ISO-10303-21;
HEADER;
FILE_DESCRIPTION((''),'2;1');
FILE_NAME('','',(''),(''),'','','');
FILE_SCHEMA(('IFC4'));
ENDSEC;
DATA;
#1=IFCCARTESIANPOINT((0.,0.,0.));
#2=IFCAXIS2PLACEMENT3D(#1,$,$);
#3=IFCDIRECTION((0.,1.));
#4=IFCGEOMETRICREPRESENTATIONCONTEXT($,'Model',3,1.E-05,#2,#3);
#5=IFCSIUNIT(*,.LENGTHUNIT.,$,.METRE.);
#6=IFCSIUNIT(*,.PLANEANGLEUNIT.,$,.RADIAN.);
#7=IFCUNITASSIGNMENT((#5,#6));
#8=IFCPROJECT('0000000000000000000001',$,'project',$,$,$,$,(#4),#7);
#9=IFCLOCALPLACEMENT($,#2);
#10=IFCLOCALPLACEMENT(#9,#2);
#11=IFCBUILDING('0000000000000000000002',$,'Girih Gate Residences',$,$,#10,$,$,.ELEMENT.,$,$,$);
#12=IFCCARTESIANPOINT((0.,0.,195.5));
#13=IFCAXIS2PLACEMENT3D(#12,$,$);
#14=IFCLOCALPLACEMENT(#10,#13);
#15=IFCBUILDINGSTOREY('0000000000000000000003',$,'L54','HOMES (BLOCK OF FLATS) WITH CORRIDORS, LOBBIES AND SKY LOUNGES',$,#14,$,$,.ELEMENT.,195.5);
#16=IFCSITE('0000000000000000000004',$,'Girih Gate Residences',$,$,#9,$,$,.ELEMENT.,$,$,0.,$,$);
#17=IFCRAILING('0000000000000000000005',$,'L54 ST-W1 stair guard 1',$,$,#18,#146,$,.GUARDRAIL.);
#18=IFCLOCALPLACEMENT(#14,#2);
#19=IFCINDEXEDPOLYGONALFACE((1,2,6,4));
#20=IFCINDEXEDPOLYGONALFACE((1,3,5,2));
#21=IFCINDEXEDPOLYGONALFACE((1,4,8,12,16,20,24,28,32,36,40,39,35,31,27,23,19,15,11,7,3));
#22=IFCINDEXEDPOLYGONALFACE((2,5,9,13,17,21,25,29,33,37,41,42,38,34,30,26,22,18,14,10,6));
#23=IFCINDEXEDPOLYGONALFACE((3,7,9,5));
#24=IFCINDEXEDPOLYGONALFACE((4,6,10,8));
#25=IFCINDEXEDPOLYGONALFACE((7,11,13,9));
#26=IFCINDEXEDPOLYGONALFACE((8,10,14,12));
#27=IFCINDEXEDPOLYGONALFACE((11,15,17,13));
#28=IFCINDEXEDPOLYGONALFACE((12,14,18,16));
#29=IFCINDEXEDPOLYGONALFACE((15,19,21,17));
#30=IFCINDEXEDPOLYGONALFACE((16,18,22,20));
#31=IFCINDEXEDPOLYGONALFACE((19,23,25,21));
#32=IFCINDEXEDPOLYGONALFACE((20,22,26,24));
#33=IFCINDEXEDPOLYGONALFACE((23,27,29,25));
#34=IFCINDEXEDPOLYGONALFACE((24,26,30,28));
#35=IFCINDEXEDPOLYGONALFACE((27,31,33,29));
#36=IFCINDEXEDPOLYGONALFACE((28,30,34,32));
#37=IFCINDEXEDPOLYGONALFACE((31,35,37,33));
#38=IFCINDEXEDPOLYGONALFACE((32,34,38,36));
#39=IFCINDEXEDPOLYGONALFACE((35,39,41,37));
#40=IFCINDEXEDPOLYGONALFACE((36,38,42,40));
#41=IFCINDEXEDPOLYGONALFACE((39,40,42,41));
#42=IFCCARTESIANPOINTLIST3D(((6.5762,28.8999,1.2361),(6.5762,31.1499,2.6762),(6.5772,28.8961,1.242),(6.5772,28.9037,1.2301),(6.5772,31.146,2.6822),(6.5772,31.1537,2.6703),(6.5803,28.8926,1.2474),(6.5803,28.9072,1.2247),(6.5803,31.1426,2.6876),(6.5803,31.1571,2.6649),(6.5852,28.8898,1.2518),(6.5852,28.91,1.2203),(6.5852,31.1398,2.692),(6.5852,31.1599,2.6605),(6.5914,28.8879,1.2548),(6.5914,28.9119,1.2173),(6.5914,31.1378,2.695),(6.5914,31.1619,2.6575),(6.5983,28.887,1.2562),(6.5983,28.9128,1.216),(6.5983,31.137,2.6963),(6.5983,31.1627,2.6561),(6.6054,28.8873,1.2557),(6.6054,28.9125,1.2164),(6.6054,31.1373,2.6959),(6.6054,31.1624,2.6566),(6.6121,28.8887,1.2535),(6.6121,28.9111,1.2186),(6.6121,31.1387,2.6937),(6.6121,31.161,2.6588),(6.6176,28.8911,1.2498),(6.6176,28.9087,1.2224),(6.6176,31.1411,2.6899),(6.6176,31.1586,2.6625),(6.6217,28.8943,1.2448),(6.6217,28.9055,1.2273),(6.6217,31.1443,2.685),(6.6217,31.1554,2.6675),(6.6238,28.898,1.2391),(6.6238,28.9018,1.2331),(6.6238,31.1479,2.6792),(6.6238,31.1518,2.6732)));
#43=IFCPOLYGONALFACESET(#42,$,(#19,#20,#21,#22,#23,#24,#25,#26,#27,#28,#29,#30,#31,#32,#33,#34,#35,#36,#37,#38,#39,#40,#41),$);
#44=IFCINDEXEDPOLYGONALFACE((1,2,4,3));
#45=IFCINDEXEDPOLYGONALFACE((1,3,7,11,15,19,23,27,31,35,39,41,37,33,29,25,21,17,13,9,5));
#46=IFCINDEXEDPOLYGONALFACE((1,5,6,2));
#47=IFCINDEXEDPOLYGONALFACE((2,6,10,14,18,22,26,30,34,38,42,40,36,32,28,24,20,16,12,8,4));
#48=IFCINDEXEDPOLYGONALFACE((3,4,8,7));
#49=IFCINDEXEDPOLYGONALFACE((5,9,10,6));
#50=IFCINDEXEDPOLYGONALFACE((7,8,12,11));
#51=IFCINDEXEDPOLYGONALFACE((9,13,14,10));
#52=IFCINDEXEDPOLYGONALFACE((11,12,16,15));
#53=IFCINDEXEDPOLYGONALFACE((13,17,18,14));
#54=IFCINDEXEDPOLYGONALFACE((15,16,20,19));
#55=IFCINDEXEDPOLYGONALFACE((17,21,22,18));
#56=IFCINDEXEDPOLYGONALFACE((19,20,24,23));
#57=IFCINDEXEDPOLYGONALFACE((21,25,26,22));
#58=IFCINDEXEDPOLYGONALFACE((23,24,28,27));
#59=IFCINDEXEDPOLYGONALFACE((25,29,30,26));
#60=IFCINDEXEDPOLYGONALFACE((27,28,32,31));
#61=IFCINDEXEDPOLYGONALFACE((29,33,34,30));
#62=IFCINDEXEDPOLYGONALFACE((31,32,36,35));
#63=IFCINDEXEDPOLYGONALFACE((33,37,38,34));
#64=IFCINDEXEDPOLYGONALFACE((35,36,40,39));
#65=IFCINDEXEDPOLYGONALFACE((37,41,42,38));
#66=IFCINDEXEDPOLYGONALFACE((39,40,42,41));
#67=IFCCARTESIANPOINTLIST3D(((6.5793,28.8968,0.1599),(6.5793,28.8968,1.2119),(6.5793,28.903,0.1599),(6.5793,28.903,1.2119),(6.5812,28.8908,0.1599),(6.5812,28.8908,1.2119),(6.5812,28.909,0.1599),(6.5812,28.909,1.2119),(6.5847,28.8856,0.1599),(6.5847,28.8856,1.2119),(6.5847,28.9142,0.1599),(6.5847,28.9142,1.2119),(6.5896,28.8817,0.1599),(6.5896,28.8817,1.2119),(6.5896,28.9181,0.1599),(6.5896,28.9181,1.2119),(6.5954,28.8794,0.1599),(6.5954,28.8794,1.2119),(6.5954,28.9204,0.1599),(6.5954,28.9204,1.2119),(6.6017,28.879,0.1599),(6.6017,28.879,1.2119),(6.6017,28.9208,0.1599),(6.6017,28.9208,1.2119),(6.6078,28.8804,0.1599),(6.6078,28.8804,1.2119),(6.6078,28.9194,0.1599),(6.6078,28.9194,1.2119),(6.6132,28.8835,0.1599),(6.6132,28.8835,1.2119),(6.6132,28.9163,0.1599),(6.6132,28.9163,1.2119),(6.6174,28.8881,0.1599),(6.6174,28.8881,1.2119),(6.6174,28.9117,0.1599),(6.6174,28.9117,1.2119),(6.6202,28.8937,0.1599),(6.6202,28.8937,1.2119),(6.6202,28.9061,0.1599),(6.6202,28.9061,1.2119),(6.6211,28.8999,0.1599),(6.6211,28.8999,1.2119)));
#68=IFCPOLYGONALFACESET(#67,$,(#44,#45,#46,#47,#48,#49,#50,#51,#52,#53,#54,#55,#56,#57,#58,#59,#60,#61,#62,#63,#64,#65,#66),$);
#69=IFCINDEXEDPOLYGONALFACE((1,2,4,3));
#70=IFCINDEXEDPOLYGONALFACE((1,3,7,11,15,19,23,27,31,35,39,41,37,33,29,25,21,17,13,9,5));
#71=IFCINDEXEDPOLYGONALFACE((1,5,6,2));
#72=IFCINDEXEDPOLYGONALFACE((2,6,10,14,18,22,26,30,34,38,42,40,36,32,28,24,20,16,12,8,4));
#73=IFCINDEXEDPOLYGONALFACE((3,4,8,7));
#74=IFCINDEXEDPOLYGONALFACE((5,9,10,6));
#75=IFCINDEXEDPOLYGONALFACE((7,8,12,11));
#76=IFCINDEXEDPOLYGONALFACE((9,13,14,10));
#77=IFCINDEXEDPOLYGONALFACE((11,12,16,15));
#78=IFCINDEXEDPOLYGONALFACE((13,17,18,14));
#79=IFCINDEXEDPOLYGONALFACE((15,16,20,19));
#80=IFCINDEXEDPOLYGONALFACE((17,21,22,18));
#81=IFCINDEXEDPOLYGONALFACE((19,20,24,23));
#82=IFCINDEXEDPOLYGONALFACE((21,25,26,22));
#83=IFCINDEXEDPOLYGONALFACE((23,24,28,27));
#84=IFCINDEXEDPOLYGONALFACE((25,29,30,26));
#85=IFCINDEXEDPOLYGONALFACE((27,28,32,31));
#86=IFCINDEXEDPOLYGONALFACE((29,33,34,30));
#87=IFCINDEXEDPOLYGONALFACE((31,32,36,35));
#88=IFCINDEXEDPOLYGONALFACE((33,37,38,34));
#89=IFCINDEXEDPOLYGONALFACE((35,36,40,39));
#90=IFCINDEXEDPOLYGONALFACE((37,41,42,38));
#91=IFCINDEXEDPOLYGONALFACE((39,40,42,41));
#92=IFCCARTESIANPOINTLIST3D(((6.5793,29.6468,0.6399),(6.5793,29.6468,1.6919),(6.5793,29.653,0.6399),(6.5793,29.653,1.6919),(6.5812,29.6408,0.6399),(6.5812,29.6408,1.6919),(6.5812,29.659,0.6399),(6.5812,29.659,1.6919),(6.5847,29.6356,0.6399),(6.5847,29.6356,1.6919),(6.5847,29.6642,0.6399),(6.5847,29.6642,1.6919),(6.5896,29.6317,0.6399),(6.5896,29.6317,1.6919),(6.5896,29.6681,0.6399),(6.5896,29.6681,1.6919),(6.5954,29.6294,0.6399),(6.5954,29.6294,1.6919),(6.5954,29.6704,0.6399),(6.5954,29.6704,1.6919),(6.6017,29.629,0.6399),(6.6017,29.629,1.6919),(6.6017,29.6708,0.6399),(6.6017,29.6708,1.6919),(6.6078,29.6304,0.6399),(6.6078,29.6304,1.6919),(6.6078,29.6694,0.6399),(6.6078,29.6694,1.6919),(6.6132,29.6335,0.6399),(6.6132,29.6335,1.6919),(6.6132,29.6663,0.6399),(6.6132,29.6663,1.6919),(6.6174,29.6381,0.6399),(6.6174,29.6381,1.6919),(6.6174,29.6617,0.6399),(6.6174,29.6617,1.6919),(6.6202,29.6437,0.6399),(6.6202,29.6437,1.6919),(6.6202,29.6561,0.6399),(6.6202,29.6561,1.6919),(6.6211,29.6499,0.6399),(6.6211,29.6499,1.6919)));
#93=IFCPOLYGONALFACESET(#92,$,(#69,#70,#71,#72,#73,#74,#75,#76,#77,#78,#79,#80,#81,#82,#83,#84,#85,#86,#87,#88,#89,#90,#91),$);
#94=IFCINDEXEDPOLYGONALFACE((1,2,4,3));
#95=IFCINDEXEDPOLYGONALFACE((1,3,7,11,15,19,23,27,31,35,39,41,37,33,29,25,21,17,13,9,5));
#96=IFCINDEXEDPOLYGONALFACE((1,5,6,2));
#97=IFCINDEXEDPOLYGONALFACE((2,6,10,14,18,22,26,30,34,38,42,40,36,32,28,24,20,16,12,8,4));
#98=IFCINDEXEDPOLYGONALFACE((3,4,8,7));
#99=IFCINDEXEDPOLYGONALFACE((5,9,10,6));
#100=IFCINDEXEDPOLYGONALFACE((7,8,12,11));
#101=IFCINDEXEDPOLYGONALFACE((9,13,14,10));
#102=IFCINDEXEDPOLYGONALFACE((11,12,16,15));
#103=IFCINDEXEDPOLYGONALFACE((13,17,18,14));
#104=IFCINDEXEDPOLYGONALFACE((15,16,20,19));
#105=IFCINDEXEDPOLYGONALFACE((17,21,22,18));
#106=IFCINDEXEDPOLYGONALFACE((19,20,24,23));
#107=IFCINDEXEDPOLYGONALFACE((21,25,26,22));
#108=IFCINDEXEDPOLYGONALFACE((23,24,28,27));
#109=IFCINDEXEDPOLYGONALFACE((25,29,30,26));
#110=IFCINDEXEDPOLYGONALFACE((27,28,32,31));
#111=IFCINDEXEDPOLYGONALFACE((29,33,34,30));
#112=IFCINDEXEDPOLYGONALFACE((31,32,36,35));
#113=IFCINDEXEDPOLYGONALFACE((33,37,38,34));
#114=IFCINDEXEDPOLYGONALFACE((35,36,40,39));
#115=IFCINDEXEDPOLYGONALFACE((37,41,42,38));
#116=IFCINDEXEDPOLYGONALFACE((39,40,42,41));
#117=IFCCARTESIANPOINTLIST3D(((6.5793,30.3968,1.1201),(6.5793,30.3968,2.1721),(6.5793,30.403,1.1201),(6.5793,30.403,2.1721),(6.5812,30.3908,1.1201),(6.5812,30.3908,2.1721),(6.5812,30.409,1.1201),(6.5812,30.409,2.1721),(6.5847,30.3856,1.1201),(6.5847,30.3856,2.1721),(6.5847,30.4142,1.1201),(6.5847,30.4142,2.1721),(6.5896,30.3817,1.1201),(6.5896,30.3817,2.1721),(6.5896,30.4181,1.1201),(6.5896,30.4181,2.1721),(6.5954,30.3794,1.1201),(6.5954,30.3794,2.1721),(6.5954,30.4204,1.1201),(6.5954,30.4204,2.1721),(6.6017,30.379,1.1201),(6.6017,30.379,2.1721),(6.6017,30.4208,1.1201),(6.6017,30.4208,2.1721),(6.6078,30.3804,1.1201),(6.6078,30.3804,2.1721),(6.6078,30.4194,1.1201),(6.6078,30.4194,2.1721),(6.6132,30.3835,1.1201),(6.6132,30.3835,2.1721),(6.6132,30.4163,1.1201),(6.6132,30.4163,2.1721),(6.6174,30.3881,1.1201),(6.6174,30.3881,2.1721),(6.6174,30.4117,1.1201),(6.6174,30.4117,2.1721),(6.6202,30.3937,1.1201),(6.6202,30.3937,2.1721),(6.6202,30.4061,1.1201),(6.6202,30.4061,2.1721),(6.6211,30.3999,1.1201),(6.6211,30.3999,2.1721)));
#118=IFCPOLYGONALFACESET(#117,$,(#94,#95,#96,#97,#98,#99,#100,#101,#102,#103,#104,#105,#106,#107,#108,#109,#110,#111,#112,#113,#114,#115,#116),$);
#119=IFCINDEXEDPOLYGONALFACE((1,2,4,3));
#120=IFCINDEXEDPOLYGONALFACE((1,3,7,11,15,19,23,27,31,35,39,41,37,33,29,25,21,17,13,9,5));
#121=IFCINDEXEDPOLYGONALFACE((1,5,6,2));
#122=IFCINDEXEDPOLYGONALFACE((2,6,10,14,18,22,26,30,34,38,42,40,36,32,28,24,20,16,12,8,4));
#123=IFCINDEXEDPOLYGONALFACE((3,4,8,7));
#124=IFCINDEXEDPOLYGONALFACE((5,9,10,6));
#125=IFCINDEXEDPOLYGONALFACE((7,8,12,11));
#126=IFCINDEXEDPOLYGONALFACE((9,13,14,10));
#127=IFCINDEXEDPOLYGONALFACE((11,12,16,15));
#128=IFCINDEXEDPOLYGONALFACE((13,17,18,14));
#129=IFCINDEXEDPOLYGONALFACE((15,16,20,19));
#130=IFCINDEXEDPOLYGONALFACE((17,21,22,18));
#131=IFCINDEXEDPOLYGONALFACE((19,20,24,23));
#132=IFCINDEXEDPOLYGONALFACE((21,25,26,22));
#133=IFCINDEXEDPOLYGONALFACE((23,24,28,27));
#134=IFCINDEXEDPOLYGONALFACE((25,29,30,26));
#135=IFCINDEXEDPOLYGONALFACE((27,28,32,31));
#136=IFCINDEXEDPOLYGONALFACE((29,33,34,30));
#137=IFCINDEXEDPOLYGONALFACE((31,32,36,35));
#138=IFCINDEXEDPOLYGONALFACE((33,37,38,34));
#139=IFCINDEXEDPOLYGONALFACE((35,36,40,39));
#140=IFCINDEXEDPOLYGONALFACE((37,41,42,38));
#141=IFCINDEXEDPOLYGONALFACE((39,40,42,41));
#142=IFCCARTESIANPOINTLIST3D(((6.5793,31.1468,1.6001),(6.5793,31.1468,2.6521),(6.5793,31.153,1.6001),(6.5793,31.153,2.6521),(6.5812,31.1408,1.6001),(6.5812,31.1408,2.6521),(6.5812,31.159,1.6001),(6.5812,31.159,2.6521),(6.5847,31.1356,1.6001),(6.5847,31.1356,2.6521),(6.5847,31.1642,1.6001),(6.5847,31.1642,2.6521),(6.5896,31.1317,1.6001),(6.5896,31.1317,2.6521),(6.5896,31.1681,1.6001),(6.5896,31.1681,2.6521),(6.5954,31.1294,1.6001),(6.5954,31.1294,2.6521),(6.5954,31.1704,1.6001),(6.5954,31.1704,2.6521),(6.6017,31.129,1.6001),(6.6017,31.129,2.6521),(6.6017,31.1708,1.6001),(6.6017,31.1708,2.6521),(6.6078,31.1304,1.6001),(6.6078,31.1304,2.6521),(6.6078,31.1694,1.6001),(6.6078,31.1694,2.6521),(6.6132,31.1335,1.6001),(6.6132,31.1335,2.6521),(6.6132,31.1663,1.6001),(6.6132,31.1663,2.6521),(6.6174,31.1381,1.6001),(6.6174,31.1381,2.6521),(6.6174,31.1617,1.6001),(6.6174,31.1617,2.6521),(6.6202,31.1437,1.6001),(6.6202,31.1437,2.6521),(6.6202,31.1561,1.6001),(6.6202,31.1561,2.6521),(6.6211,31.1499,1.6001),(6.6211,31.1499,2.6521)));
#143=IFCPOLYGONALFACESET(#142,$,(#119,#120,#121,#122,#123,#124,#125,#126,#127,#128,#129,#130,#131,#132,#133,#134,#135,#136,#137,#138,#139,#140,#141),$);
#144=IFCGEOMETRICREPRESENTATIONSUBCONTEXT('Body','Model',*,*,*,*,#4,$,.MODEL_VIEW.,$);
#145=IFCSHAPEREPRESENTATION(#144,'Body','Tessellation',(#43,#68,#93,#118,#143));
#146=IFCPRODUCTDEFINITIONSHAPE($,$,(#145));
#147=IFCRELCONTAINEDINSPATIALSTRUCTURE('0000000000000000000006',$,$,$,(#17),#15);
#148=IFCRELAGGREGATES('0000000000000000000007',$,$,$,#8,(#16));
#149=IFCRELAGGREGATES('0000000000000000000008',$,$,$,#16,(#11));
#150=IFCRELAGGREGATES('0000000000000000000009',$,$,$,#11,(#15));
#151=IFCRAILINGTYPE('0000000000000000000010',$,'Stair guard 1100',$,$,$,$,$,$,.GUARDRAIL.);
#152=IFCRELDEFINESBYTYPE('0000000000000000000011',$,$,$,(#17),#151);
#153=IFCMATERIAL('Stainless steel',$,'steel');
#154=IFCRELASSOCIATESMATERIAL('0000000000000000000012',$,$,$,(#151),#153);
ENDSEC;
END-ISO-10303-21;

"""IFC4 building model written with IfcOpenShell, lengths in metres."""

from ifc_helpers import new_model, si_unit, direction, frame, origin, origin_2d, place, context, subcontext, project, spatial, circle, extrude, material, type_object, element, save


model = new_model("IFC4")

# Units and contexts
model_context = context("Model", 3, precision=1e-05, world=origin(), true_north=direction((0.0, 1.0)))
body_context = subcontext(model_context, "Body", "Model", "MODEL_VIEW")
ifc_project = project(units=[si_unit("LENGTHUNIT", "METRE"), si_unit("PLANEANGLEUNIT", "RADIAN")], contexts=[model_context])

# Site, building, storey
site_placement = place(None, origin())
site = spatial("IfcSite", under=ifc_project, at=site_placement, Name="Girih Gate Residences", CompositionType="ELEMENT", RefElevation=0.0)
building_placement = place(site_placement, origin())
building = spatial("IfcBuilding", under=site, at=building_placement, Name="Girih Gate Residences", CompositionType="ELEMENT")
storey_placement = place(building_placement, frame((0.0, 0.0, 195.5)))
storey = spatial("IfcBuildingStorey", under=building, at=storey_placement, Name="L54", Description="HOMES (BLOCK OF FLATS) WITH CORRIDORS, LOBBIES AND SKY LOUNGES", CompositionType="ELEMENT", Elevation=195.5)

# Railing
ifc_material_1 = material(Name="Stainless steel", Category="steel")
railing_type_1 = type_object("IfcRailingType", Name="Stair guard 1100", PredefinedType="GUARDRAIL", material=ifc_material_1)
for number, where, name in (
    (1, (6.6001, 28.8999, 0.1599), "L54 ST-W1 stair guard 1"),
):
    element("IfcRailing", number, at=place(storey_placement, frame(where)), inside=storey, type_object=railing_type_1, Name=name, PredefinedType="GUARDRAIL", context=body_context, shape_type="SweptSolid", body=[
        extrude(circle(Radius=0.0239, at=origin_2d()), frame((0.0, 0.0, 1.0762), z_axis=(0.0, 0.84224, 0.539103), x_axis=(-1.0, 0.0, 0.0)), (0.0, 0.0, 1.0), 2.6714),
        extrude(circle(Radius=0.021, at=origin_2d()), origin(), (0.0, 0.0, 1.0), 1.052),
        extrude(circle(Radius=0.021, at=origin_2d()), frame((0.0, 0.75, 0.48)), (0.0, 0.0, 1.0), 1.052),
        extrude(circle(Radius=0.021, at=origin_2d()), frame((0.0, 1.5, 0.9602)), (0.0, 0.0, 1.0), 1.052),
        extrude(circle(Radius=0.021, at=origin_2d()), frame((0.0, 2.25, 1.4402)), (0.0, 0.0, 1.0), 1.052),
    ])

save(model, "model.ifc")
